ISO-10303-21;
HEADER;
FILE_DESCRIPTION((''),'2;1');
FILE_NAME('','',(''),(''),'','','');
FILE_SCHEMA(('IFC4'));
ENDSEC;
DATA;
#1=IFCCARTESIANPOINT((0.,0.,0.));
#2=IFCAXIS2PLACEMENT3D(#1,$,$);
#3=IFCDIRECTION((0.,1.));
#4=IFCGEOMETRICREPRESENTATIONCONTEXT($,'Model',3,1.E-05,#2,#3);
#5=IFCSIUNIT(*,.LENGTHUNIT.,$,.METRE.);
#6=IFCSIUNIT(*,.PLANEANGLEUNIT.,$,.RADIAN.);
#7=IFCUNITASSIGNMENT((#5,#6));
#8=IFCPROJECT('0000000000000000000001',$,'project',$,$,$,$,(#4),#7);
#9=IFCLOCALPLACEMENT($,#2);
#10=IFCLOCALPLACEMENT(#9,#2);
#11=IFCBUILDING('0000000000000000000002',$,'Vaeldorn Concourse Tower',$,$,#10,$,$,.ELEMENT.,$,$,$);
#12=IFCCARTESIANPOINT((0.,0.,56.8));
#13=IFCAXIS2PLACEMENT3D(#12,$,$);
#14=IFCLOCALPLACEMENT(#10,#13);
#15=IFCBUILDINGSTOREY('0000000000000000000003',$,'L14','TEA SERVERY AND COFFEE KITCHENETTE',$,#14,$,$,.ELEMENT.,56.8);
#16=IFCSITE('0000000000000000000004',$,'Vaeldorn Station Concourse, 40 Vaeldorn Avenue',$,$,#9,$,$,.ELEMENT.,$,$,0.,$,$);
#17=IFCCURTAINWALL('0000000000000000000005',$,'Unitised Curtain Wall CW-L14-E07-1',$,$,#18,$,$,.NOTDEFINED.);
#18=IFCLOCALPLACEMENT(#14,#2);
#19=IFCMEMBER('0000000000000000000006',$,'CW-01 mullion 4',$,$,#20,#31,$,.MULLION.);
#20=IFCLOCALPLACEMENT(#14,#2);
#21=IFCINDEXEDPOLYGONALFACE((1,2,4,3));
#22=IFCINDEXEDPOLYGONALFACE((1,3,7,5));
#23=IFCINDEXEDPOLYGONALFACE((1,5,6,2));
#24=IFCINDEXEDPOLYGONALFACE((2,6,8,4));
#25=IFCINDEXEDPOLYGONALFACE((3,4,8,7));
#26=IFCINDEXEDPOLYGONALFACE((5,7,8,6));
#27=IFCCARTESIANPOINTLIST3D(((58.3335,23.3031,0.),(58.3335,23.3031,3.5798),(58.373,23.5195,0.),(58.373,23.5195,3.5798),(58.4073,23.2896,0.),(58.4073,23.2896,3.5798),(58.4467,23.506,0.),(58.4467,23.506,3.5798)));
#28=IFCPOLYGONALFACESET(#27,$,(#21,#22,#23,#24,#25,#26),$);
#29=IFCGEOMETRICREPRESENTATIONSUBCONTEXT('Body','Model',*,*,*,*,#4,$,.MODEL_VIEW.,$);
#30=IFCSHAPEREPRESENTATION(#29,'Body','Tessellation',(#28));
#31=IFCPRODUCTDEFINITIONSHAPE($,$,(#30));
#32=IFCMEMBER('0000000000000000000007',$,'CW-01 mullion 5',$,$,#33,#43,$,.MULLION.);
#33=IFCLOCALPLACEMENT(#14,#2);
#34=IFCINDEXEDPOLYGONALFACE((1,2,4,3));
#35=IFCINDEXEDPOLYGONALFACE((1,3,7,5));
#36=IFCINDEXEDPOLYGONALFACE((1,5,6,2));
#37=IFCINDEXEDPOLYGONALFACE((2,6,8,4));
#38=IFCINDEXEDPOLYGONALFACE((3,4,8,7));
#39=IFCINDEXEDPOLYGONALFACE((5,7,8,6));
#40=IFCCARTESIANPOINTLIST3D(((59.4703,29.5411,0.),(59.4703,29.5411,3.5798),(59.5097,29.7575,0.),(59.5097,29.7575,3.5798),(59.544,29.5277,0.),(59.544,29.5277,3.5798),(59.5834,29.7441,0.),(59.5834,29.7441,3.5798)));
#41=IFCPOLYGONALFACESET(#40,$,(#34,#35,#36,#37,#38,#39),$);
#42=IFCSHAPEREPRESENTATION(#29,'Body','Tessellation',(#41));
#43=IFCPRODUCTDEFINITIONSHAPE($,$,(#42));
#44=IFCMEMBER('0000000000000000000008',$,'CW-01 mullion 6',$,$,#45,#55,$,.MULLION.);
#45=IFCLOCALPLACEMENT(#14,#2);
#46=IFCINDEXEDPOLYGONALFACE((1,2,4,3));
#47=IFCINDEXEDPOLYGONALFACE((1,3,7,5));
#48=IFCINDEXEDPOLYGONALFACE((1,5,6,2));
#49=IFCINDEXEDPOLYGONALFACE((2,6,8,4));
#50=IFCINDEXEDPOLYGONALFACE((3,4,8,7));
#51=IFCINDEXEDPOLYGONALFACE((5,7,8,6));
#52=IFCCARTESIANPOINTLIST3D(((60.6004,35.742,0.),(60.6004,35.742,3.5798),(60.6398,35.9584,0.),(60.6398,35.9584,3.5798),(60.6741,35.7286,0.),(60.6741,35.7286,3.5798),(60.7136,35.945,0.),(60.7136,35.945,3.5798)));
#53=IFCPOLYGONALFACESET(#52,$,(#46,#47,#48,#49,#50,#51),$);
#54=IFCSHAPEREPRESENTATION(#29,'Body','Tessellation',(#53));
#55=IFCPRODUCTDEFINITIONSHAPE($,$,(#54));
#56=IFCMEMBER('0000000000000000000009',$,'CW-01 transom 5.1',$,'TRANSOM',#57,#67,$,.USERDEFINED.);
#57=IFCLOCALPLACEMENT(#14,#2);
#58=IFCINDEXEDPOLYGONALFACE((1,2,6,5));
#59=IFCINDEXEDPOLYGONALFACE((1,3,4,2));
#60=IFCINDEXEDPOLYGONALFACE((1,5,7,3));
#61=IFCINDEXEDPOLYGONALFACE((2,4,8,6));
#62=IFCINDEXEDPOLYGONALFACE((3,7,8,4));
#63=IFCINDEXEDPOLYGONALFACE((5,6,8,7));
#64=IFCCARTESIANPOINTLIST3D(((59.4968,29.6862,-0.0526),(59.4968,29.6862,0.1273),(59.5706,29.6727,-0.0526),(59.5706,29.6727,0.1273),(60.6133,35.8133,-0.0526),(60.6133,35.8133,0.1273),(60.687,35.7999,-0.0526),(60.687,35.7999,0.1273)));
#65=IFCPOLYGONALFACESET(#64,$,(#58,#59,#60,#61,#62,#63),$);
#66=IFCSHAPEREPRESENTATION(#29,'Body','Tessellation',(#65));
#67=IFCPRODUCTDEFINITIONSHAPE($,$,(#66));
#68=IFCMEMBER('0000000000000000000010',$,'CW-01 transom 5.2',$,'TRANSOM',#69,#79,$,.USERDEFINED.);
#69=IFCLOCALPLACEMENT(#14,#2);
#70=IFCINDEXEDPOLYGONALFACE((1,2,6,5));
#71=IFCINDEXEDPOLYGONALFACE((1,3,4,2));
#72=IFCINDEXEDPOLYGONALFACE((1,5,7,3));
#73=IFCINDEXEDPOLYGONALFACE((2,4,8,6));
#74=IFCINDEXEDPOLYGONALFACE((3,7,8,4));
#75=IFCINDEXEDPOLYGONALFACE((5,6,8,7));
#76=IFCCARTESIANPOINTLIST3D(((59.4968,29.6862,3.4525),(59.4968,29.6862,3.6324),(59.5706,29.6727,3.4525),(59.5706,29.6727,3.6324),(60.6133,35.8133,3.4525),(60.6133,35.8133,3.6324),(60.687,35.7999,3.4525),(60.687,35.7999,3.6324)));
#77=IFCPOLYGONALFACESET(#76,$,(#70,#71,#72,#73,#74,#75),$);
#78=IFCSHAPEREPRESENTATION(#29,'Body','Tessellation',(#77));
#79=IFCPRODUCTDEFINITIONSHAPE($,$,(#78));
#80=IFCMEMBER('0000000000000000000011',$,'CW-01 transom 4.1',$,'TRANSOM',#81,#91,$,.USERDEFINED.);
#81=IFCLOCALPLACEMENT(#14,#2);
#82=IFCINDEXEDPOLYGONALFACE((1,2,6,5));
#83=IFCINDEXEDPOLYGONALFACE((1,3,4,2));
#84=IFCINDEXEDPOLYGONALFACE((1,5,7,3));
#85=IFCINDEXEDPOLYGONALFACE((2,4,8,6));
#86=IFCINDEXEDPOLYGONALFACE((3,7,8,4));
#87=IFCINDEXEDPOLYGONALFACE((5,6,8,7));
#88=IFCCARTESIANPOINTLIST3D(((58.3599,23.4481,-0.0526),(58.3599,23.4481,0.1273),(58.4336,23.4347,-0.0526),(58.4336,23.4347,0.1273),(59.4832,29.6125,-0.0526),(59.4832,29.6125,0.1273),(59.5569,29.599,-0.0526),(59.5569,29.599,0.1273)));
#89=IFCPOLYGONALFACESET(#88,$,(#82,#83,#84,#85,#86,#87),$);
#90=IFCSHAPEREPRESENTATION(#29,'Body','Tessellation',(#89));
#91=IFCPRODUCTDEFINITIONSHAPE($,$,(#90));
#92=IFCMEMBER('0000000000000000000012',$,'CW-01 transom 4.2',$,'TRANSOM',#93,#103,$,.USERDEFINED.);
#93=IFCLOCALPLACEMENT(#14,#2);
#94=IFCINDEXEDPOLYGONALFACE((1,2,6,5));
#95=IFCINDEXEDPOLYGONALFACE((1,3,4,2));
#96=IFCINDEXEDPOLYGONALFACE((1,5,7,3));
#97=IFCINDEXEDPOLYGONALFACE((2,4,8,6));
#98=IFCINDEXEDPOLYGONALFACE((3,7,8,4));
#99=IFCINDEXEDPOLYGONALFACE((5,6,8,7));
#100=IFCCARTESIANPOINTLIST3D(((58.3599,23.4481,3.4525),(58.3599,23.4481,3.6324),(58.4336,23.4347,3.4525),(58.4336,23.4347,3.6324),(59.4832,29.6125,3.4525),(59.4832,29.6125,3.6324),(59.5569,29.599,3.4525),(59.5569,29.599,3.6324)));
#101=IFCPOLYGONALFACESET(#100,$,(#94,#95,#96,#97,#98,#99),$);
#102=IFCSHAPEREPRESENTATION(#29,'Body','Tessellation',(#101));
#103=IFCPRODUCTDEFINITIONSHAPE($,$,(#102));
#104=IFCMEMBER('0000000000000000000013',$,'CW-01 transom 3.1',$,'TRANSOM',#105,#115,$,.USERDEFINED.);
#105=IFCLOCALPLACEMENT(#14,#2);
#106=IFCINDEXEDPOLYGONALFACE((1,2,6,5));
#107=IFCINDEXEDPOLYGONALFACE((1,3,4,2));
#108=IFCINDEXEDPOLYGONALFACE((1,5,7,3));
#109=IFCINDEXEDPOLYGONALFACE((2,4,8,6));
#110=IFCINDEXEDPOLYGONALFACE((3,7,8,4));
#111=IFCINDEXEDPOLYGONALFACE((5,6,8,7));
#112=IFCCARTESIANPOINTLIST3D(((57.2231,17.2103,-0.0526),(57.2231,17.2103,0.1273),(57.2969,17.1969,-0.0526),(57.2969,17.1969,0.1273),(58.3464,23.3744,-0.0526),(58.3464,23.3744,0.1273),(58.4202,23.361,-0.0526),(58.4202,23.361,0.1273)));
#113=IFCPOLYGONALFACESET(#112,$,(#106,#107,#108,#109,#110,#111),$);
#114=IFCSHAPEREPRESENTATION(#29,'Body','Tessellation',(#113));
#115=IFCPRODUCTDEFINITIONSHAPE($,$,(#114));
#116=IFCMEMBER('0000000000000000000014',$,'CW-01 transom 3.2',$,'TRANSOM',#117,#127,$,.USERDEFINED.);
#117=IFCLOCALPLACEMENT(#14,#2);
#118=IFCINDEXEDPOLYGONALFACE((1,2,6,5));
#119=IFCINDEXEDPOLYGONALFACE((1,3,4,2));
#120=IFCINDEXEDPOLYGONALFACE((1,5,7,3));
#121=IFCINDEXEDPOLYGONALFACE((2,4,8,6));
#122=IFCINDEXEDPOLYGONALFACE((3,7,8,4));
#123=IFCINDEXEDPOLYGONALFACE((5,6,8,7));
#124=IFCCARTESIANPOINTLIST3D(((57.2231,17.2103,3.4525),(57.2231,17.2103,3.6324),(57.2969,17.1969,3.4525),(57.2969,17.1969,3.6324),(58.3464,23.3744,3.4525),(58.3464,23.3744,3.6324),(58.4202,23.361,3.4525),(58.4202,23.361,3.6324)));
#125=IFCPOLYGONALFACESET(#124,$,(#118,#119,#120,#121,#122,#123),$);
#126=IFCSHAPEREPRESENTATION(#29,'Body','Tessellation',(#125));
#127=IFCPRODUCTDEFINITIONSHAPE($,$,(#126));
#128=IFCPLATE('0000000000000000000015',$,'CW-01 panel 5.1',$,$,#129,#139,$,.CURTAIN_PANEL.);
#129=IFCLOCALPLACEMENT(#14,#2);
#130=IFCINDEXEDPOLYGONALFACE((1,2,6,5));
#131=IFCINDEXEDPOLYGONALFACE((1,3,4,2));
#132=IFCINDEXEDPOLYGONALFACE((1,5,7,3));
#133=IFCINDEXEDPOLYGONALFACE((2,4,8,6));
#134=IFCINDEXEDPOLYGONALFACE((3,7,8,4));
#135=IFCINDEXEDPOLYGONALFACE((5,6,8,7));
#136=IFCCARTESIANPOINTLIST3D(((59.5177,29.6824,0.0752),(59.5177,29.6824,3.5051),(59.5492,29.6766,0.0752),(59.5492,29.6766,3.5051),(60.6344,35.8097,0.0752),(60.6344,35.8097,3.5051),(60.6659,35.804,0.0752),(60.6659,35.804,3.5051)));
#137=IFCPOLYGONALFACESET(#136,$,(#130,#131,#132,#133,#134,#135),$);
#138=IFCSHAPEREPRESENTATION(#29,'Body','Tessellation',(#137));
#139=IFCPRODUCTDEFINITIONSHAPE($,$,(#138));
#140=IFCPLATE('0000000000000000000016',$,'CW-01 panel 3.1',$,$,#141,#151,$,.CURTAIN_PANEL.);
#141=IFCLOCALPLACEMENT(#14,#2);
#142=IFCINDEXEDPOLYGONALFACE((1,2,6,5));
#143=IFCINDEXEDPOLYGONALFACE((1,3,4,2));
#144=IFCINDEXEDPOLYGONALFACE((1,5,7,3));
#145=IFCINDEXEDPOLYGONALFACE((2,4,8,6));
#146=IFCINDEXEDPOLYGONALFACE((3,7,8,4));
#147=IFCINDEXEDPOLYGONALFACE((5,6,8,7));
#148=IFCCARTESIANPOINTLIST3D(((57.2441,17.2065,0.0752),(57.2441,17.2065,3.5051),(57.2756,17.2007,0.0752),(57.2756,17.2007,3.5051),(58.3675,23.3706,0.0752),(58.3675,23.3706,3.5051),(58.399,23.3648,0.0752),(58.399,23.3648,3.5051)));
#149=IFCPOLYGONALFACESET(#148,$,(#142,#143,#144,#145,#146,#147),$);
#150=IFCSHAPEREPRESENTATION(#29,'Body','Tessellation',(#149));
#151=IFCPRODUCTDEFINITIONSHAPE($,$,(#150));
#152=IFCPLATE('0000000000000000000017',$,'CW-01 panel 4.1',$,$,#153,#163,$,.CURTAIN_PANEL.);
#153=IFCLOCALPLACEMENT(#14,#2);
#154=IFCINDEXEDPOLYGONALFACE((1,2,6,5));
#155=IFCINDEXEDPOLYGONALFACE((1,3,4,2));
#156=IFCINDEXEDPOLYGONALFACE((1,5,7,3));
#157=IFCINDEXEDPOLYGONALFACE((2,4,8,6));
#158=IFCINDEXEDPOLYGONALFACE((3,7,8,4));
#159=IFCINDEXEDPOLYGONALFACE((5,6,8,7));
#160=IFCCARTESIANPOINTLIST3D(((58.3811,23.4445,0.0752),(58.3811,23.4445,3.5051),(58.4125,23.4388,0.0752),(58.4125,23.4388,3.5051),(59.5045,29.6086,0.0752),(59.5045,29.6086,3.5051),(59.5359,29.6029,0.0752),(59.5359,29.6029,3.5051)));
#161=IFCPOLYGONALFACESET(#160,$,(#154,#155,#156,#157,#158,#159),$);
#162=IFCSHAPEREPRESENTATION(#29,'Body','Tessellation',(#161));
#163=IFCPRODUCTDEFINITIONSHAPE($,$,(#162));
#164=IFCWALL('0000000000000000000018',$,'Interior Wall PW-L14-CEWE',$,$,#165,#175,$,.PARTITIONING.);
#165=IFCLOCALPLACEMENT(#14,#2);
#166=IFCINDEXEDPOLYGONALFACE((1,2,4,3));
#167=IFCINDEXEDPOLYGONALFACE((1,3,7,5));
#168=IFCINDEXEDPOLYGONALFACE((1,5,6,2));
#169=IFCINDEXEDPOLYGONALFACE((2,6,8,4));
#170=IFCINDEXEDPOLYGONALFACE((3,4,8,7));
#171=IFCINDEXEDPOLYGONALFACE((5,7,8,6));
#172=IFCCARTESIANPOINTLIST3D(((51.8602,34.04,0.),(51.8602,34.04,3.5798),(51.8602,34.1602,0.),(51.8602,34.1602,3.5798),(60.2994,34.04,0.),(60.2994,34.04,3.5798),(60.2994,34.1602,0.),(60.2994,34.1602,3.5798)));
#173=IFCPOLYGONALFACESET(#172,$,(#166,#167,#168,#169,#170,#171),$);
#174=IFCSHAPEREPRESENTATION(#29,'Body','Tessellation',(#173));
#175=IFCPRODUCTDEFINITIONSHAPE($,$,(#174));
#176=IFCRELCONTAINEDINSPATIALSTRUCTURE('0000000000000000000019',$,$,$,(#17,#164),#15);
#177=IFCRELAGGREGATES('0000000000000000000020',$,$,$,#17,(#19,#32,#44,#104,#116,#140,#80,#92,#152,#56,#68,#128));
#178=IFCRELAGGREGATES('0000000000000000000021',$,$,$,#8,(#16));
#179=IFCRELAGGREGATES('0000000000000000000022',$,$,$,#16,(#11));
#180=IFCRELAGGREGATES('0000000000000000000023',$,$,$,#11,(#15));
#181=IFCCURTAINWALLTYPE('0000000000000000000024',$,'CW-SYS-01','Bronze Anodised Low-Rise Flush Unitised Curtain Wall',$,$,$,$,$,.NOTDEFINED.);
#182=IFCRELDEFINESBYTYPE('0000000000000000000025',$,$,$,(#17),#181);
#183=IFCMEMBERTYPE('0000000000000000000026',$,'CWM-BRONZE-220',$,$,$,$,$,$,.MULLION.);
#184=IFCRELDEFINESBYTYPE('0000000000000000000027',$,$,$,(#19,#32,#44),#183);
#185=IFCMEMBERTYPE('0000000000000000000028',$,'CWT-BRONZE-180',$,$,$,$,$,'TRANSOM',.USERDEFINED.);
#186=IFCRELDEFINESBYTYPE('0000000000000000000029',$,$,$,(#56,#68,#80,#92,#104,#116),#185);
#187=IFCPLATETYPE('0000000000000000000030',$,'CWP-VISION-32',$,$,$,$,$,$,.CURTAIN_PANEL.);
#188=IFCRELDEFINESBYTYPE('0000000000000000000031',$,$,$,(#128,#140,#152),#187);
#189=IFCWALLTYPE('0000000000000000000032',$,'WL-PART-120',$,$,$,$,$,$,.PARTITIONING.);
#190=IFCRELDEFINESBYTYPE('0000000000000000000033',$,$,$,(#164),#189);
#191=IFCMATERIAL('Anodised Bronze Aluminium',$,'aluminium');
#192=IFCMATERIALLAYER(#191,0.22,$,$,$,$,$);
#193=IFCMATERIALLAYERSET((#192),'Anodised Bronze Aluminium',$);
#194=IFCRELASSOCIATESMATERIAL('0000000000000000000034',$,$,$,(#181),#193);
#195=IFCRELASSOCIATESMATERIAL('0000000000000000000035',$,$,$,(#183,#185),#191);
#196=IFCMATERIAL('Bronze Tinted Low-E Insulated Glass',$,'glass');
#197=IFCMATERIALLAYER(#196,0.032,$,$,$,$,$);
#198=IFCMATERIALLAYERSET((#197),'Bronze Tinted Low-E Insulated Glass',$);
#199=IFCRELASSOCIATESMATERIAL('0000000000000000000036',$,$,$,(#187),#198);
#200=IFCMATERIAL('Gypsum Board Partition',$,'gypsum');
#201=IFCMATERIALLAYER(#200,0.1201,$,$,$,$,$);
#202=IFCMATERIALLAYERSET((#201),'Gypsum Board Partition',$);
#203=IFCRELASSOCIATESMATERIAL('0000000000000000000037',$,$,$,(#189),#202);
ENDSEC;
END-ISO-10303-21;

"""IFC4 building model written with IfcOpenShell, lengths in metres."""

from ifc_helpers import new_model, si_unit, direction, frame, frame_2d, origin, origin_2d, place, context, subcontext, project, spatial, rectangle, extrude, source, transform, mapped, material, layer, layer_set, material_profile, profile_set, type_object, element, aggregate, save


model = new_model("IFC4")

# Units and contexts
model_context = context("Model", 3, precision=1e-05, world=origin(), true_north=direction((0.0, 1.0)))
body_context = subcontext(model_context, "Body", "Model", "MODEL_VIEW")
ifc_project = project(units=[si_unit("LENGTHUNIT", "METRE"), si_unit("PLANEANGLEUNIT", "RADIAN")], contexts=[model_context])

# Site, building, storey
site_placement = place(None, origin())
site = spatial("IfcSite", under=ifc_project, at=site_placement, Name="Vaeldorn Station Concourse, 40 Vaeldorn Avenue", CompositionType="ELEMENT", RefElevation=0.0)
building_placement = place(site_placement, origin())
building = spatial("IfcBuilding", under=site, at=building_placement, Name="Vaeldorn Concourse Tower", CompositionType="ELEMENT")
storey_placement = place(building_placement, frame((0.0, 0.0, 56.8)))
storey = spatial("IfcBuildingStorey", under=building, at=storey_placement, Name="L14", Description="TEA SERVERY AND COFFEE KITCHENETTE", CompositionType="ELEMENT", Elevation=56.8)

# Curtain wall, members, plates
ifc_material_1 = material(Name="Anodised Bronze Aluminium", Category="aluminium")
ifc_layer_1 = layer(ifc_material_1, 0.22)
ifc_layer_set_1 = layer_set([ifc_layer_1], Name="Anodised Bronze Aluminium")
curtain_wall_type = type_object("IfcCurtainWallType", Name="CW-SYS-01", Description="Bronze Anodised Low-Rise Flush Unitised Curtain Wall", PredefinedType="NOTDEFINED", material=ifc_layer_set_1)
curtain_wall_placement = place(storey_placement, origin())
curtain_wall = element("IfcCurtainWall", 1, at=curtain_wall_placement, inside=storey, type_object=curtain_wall_type, Name="Unitised Curtain Wall CW-L14-E07-1", PredefinedType="NOTDEFINED")
ifc_material_profile_1 = material_profile(ifc_material_1, rectangle(XDim=0.075, YDim=0.22, at=origin_2d()), Name="CWM 75x220")
ifc_profile_set_1 = profile_set([ifc_material_profile_1], Name="Anodised Bronze Aluminium")
member_type_1 = type_object("IfcMemberType", Name="CWM-BRONZE-220", PredefinedType="MULLION", material=ifc_profile_set_1)
shared_shape_1 = source(origin(), body_context, "Body", "SweptSolid", [
    extrude(rectangle(XDim=0.075, YDim=0.22, at=origin_2d()), origin(), (0.0, 0.0, 1.0), 3.5798),
])
member_1_placement = place(storey_placement, frame((58.3901, 23.4045, 0.0), z_axis=(0.0, 0.0, 1.0), x_axis=(-0.983796, 0.179293, 0.0)))
member_1 = element("IfcMember", 2, at=member_1_placement, type_object=member_type_1, Name="CW-01 mullion 4", PredefinedType="MULLION", context=body_context, shape_type="MappedRepresentation", body=[
    mapped(shared_shape_1, transform((0.0, 0.0, 0.0), scale=1.0)),
])
member_2_placement = place(storey_placement, frame((59.5269, 29.6426, 0.0), z_axis=(0.0, 0.0, 1.0), x_axis=(-0.983796, 0.179293, 0.0)))
member_2 = element("IfcMember", 3, at=member_2_placement, type_object=member_type_1, Name="CW-01 mullion 5", PredefinedType="MULLION", context=body_context, shape_type="MappedRepresentation", body=[
    mapped(shared_shape_1, transform((0.0, 0.0, 0.0), scale=1.0)),
])
member_3_placement = place(storey_placement, frame((60.657, 35.8435, 0.0), z_axis=(0.0, 0.0, 1.0), x_axis=(-0.983796, 0.179293, 0.0)))
member_3 = element("IfcMember", 4, at=member_3_placement, type_object=member_type_1, Name="CW-01 mullion 6", PredefinedType="MULLION", context=body_context, shape_type="MappedRepresentation", body=[
    mapped(shared_shape_1, transform((0.0, 0.0, 0.0), scale=1.0)),
])
ifc_material_profile_2 = material_profile(ifc_material_1, rectangle(XDim=0.075, YDim=0.1799, at=origin_2d()), Name="CWT 75x180")
ifc_profile_set_2 = profile_set([ifc_material_profile_2], Name="Anodised Bronze Aluminium")
member_type_2 = type_object("IfcMemberType", Name="CWT-BRONZE-180", ElementType="TRANSOM", PredefinedType="USERDEFINED", material=ifc_profile_set_2)
shared_shape_2 = source(origin(), body_context, "Body", "SweptSolid", [
    extrude(rectangle(XDim=0.075, YDim=0.1799, at=origin_2d()), origin(), (0.0, 0.0, 1.0), 6.228),
])
member_4_placement = place(storey_placement, frame((59.5337, 29.6794, 0.0374), z_axis=(0.179261, 0.983801, 0.0), x_axis=(-0.983801, 0.179261, 0.0)))
member_4 = element("IfcMember", 5, at=member_4_placement, type_object=member_type_2, Name="CW-01 transom 5.1", ObjectType="TRANSOM", PredefinedType="USERDEFINED", context=body_context, shape_type="MappedRepresentation", body=[
    mapped(shared_shape_2, transform((0.0, 0.0, 0.0), scale=1.0)),
])
member_5_placement = place(storey_placement, frame((59.5337, 29.6794, 3.5425), z_axis=(0.179261, 0.983801, 0.0), x_axis=(-0.983801, 0.179261, 0.0)))
member_5 = element("IfcMember", 6, at=member_5_placement, type_object=member_type_2, Name="CW-01 transom 5.2", ObjectType="TRANSOM", PredefinedType="USERDEFINED", context=body_context, shape_type="MappedRepresentation", body=[
    mapped(shared_shape_2, transform((0.0, 0.0, 0.0), scale=1.0)),
])
shared_shape_3 = source(origin(), body_context, "Body", "SweptSolid", [
    extrude(rectangle(XDim=0.075, YDim=0.1799, at=origin_2d()), origin(), (0.0, 0.0, 1.0), 6.2659),
])
member_6_placement = place(storey_placement, frame((58.3967, 23.4414, 0.0374), z_axis=(0.179273, 0.983799, 0.0), x_axis=(-0.983799, 0.179273, 0.0)))
member_6 = element("IfcMember", 7, at=member_6_placement, type_object=member_type_2, Name="CW-01 transom 4.1", ObjectType="TRANSOM", PredefinedType="USERDEFINED", context=body_context, shape_type="MappedRepresentation", body=[
    mapped(shared_shape_3, transform((0.0, 0.0, 0.0), scale=1.0)),
])
member_7_placement = place(storey_placement, frame((58.3967, 23.4414, 3.5425), z_axis=(0.179273, 0.983799, 0.0), x_axis=(-0.983799, 0.179273, 0.0)))
member_7 = element("IfcMember", 8, at=member_7_placement, type_object=member_type_2, Name="CW-01 transom 4.2", ObjectType="TRANSOM", PredefinedType="USERDEFINED", context=body_context, shape_type="MappedRepresentation", body=[
    mapped(shared_shape_3, transform((0.0, 0.0, 0.0), scale=1.0)),
])
shared_shape_4 = source(origin(), body_context, "Body", "SweptSolid", [
    extrude(rectangle(XDim=0.075, YDim=0.1799, at=origin_2d()), origin(), (0.0, 0.0, 1.0), 6.2656),
])
member_8_placement = place(storey_placement, frame((57.26, 17.2036, 0.0374), z_axis=(0.17928, 0.983798, 0.0), x_axis=(-0.983798, 0.17928, 0.0)))
member_8 = element("IfcMember", 9, at=member_8_placement, type_object=member_type_2, Name="CW-01 transom 3.1", ObjectType="TRANSOM", PredefinedType="USERDEFINED", context=body_context, shape_type="MappedRepresentation", body=[
    mapped(shared_shape_4, transform((0.0, 0.0, 0.0), scale=1.0)),
])
member_9_placement = place(storey_placement, frame((57.26, 17.2036, 3.5425), z_axis=(0.17928, 0.983798, 0.0), x_axis=(-0.983798, 0.17928, 0.0)))
member_9 = element("IfcMember", 10, at=member_9_placement, type_object=member_type_2, Name="CW-01 transom 3.2", ObjectType="TRANSOM", PredefinedType="USERDEFINED", context=body_context, shape_type="MappedRepresentation", body=[
    mapped(shared_shape_4, transform((0.0, 0.0, 0.0), scale=1.0)),
])
ifc_material_2 = material(Name="Bronze Tinted Low-E Insulated Glass", Category="glass")
ifc_layer_2 = layer(ifc_material_2, 0.032)
ifc_layer_set_2 = layer_set([ifc_layer_2], Name="Bronze Tinted Low-E Insulated Glass")
plate_type = type_object("IfcPlateType", Name="CWP-VISION-32", PredefinedType="CURTAIN_PANEL", material=ifc_layer_set_2)
shared_shape_5 = source(origin(), body_context, "Body", "SweptSolid", [
    extrude(rectangle(XDim=6.2283, YDim=0.032, at=origin_2d()), origin(), (0.0, 0.0, 1.0), 3.4299),
])
plate_1_placement = place(storey_placement, frame((60.0918, 32.7432, 0.0752), z_axis=(0.0, 0.0, 1.0), x_axis=(0.179293, 0.983796, 0.0)))
plate_1 = element("IfcPlate", 11, at=plate_1_placement, type_object=plate_type, Name="CW-01 panel 5.1", PredefinedType="CURTAIN_PANEL", context=body_context, shape_type="MappedRepresentation", body=[
    mapped(shared_shape_5, transform((0.0, 0.0, 0.0), scale=1.0)),
])
shared_shape_6 = source(origin(), body_context, "Body", "SweptSolid", [
    extrude(rectangle(XDim=6.2656, YDim=0.032, at=origin_2d()), origin(), (0.0, 0.0, 1.0), 3.4299),
])
plate_2_placement = place(storey_placement, frame((57.8215, 20.2856, 0.0752), z_axis=(0.0, 0.0, 1.0), x_axis=(0.179293, 0.983796, 0.0)))
plate_2 = element("IfcPlate", 12, at=plate_2_placement, type_object=plate_type, Name="CW-01 panel 3.1", PredefinedType="CURTAIN_PANEL", context=body_context, shape_type="MappedRepresentation", body=[
    mapped(shared_shape_6, transform((0.0, 0.0, 0.0), scale=1.0)),
])
plate_3_placement = place(storey_placement, frame((58.9585, 26.5237, 0.0752), z_axis=(0.0, 0.0, 1.0), x_axis=(0.179293, 0.983796, 0.0)))
plate_3 = element("IfcPlate", 13, at=plate_3_placement, type_object=plate_type, Name="CW-01 panel 4.1", PredefinedType="CURTAIN_PANEL", context=body_context, shape_type="MappedRepresentation", body=[
    mapped(shared_shape_6, transform((0.0, 0.0, 0.0), scale=1.0)),
])
aggregate(curtain_wall, [member_1, member_2, member_3, member_8, member_9, plate_2, member_6, member_7, plate_3, member_4, member_5, plate_1])

# Wall
ifc_material_3 = material(Name="Gypsum Board Partition", Category="gypsum")
ifc_layer_3 = layer(ifc_material_3, 0.1201)
ifc_layer_set_3 = layer_set([ifc_layer_3], Name="Gypsum Board Partition")
wall_type = type_object("IfcWallType", Name="WL-PART-120", PredefinedType="PARTITIONING", material=ifc_layer_set_3)
wall_1_placement = place(storey_placement, frame((51.8601, 34.1001, 0.0), z_axis=(0.0, 0.0, 1.0), x_axis=(1.0, 0.0, 0.0)))
element("IfcWall", 14, at=wall_1_placement, inside=storey, type_object=wall_type, Name="Interior Wall PW-L14-CEWE", PredefinedType="PARTITIONING", context=body_context, shape_type="SweptSolid", body=[
    extrude(rectangle(XDim=8.4392, YDim=0.1201, at=frame_2d((4.2197, 0.0))), origin(), (0.0, 0.0, 1.0), 3.5798),
])

save(model, "model.ifc")
